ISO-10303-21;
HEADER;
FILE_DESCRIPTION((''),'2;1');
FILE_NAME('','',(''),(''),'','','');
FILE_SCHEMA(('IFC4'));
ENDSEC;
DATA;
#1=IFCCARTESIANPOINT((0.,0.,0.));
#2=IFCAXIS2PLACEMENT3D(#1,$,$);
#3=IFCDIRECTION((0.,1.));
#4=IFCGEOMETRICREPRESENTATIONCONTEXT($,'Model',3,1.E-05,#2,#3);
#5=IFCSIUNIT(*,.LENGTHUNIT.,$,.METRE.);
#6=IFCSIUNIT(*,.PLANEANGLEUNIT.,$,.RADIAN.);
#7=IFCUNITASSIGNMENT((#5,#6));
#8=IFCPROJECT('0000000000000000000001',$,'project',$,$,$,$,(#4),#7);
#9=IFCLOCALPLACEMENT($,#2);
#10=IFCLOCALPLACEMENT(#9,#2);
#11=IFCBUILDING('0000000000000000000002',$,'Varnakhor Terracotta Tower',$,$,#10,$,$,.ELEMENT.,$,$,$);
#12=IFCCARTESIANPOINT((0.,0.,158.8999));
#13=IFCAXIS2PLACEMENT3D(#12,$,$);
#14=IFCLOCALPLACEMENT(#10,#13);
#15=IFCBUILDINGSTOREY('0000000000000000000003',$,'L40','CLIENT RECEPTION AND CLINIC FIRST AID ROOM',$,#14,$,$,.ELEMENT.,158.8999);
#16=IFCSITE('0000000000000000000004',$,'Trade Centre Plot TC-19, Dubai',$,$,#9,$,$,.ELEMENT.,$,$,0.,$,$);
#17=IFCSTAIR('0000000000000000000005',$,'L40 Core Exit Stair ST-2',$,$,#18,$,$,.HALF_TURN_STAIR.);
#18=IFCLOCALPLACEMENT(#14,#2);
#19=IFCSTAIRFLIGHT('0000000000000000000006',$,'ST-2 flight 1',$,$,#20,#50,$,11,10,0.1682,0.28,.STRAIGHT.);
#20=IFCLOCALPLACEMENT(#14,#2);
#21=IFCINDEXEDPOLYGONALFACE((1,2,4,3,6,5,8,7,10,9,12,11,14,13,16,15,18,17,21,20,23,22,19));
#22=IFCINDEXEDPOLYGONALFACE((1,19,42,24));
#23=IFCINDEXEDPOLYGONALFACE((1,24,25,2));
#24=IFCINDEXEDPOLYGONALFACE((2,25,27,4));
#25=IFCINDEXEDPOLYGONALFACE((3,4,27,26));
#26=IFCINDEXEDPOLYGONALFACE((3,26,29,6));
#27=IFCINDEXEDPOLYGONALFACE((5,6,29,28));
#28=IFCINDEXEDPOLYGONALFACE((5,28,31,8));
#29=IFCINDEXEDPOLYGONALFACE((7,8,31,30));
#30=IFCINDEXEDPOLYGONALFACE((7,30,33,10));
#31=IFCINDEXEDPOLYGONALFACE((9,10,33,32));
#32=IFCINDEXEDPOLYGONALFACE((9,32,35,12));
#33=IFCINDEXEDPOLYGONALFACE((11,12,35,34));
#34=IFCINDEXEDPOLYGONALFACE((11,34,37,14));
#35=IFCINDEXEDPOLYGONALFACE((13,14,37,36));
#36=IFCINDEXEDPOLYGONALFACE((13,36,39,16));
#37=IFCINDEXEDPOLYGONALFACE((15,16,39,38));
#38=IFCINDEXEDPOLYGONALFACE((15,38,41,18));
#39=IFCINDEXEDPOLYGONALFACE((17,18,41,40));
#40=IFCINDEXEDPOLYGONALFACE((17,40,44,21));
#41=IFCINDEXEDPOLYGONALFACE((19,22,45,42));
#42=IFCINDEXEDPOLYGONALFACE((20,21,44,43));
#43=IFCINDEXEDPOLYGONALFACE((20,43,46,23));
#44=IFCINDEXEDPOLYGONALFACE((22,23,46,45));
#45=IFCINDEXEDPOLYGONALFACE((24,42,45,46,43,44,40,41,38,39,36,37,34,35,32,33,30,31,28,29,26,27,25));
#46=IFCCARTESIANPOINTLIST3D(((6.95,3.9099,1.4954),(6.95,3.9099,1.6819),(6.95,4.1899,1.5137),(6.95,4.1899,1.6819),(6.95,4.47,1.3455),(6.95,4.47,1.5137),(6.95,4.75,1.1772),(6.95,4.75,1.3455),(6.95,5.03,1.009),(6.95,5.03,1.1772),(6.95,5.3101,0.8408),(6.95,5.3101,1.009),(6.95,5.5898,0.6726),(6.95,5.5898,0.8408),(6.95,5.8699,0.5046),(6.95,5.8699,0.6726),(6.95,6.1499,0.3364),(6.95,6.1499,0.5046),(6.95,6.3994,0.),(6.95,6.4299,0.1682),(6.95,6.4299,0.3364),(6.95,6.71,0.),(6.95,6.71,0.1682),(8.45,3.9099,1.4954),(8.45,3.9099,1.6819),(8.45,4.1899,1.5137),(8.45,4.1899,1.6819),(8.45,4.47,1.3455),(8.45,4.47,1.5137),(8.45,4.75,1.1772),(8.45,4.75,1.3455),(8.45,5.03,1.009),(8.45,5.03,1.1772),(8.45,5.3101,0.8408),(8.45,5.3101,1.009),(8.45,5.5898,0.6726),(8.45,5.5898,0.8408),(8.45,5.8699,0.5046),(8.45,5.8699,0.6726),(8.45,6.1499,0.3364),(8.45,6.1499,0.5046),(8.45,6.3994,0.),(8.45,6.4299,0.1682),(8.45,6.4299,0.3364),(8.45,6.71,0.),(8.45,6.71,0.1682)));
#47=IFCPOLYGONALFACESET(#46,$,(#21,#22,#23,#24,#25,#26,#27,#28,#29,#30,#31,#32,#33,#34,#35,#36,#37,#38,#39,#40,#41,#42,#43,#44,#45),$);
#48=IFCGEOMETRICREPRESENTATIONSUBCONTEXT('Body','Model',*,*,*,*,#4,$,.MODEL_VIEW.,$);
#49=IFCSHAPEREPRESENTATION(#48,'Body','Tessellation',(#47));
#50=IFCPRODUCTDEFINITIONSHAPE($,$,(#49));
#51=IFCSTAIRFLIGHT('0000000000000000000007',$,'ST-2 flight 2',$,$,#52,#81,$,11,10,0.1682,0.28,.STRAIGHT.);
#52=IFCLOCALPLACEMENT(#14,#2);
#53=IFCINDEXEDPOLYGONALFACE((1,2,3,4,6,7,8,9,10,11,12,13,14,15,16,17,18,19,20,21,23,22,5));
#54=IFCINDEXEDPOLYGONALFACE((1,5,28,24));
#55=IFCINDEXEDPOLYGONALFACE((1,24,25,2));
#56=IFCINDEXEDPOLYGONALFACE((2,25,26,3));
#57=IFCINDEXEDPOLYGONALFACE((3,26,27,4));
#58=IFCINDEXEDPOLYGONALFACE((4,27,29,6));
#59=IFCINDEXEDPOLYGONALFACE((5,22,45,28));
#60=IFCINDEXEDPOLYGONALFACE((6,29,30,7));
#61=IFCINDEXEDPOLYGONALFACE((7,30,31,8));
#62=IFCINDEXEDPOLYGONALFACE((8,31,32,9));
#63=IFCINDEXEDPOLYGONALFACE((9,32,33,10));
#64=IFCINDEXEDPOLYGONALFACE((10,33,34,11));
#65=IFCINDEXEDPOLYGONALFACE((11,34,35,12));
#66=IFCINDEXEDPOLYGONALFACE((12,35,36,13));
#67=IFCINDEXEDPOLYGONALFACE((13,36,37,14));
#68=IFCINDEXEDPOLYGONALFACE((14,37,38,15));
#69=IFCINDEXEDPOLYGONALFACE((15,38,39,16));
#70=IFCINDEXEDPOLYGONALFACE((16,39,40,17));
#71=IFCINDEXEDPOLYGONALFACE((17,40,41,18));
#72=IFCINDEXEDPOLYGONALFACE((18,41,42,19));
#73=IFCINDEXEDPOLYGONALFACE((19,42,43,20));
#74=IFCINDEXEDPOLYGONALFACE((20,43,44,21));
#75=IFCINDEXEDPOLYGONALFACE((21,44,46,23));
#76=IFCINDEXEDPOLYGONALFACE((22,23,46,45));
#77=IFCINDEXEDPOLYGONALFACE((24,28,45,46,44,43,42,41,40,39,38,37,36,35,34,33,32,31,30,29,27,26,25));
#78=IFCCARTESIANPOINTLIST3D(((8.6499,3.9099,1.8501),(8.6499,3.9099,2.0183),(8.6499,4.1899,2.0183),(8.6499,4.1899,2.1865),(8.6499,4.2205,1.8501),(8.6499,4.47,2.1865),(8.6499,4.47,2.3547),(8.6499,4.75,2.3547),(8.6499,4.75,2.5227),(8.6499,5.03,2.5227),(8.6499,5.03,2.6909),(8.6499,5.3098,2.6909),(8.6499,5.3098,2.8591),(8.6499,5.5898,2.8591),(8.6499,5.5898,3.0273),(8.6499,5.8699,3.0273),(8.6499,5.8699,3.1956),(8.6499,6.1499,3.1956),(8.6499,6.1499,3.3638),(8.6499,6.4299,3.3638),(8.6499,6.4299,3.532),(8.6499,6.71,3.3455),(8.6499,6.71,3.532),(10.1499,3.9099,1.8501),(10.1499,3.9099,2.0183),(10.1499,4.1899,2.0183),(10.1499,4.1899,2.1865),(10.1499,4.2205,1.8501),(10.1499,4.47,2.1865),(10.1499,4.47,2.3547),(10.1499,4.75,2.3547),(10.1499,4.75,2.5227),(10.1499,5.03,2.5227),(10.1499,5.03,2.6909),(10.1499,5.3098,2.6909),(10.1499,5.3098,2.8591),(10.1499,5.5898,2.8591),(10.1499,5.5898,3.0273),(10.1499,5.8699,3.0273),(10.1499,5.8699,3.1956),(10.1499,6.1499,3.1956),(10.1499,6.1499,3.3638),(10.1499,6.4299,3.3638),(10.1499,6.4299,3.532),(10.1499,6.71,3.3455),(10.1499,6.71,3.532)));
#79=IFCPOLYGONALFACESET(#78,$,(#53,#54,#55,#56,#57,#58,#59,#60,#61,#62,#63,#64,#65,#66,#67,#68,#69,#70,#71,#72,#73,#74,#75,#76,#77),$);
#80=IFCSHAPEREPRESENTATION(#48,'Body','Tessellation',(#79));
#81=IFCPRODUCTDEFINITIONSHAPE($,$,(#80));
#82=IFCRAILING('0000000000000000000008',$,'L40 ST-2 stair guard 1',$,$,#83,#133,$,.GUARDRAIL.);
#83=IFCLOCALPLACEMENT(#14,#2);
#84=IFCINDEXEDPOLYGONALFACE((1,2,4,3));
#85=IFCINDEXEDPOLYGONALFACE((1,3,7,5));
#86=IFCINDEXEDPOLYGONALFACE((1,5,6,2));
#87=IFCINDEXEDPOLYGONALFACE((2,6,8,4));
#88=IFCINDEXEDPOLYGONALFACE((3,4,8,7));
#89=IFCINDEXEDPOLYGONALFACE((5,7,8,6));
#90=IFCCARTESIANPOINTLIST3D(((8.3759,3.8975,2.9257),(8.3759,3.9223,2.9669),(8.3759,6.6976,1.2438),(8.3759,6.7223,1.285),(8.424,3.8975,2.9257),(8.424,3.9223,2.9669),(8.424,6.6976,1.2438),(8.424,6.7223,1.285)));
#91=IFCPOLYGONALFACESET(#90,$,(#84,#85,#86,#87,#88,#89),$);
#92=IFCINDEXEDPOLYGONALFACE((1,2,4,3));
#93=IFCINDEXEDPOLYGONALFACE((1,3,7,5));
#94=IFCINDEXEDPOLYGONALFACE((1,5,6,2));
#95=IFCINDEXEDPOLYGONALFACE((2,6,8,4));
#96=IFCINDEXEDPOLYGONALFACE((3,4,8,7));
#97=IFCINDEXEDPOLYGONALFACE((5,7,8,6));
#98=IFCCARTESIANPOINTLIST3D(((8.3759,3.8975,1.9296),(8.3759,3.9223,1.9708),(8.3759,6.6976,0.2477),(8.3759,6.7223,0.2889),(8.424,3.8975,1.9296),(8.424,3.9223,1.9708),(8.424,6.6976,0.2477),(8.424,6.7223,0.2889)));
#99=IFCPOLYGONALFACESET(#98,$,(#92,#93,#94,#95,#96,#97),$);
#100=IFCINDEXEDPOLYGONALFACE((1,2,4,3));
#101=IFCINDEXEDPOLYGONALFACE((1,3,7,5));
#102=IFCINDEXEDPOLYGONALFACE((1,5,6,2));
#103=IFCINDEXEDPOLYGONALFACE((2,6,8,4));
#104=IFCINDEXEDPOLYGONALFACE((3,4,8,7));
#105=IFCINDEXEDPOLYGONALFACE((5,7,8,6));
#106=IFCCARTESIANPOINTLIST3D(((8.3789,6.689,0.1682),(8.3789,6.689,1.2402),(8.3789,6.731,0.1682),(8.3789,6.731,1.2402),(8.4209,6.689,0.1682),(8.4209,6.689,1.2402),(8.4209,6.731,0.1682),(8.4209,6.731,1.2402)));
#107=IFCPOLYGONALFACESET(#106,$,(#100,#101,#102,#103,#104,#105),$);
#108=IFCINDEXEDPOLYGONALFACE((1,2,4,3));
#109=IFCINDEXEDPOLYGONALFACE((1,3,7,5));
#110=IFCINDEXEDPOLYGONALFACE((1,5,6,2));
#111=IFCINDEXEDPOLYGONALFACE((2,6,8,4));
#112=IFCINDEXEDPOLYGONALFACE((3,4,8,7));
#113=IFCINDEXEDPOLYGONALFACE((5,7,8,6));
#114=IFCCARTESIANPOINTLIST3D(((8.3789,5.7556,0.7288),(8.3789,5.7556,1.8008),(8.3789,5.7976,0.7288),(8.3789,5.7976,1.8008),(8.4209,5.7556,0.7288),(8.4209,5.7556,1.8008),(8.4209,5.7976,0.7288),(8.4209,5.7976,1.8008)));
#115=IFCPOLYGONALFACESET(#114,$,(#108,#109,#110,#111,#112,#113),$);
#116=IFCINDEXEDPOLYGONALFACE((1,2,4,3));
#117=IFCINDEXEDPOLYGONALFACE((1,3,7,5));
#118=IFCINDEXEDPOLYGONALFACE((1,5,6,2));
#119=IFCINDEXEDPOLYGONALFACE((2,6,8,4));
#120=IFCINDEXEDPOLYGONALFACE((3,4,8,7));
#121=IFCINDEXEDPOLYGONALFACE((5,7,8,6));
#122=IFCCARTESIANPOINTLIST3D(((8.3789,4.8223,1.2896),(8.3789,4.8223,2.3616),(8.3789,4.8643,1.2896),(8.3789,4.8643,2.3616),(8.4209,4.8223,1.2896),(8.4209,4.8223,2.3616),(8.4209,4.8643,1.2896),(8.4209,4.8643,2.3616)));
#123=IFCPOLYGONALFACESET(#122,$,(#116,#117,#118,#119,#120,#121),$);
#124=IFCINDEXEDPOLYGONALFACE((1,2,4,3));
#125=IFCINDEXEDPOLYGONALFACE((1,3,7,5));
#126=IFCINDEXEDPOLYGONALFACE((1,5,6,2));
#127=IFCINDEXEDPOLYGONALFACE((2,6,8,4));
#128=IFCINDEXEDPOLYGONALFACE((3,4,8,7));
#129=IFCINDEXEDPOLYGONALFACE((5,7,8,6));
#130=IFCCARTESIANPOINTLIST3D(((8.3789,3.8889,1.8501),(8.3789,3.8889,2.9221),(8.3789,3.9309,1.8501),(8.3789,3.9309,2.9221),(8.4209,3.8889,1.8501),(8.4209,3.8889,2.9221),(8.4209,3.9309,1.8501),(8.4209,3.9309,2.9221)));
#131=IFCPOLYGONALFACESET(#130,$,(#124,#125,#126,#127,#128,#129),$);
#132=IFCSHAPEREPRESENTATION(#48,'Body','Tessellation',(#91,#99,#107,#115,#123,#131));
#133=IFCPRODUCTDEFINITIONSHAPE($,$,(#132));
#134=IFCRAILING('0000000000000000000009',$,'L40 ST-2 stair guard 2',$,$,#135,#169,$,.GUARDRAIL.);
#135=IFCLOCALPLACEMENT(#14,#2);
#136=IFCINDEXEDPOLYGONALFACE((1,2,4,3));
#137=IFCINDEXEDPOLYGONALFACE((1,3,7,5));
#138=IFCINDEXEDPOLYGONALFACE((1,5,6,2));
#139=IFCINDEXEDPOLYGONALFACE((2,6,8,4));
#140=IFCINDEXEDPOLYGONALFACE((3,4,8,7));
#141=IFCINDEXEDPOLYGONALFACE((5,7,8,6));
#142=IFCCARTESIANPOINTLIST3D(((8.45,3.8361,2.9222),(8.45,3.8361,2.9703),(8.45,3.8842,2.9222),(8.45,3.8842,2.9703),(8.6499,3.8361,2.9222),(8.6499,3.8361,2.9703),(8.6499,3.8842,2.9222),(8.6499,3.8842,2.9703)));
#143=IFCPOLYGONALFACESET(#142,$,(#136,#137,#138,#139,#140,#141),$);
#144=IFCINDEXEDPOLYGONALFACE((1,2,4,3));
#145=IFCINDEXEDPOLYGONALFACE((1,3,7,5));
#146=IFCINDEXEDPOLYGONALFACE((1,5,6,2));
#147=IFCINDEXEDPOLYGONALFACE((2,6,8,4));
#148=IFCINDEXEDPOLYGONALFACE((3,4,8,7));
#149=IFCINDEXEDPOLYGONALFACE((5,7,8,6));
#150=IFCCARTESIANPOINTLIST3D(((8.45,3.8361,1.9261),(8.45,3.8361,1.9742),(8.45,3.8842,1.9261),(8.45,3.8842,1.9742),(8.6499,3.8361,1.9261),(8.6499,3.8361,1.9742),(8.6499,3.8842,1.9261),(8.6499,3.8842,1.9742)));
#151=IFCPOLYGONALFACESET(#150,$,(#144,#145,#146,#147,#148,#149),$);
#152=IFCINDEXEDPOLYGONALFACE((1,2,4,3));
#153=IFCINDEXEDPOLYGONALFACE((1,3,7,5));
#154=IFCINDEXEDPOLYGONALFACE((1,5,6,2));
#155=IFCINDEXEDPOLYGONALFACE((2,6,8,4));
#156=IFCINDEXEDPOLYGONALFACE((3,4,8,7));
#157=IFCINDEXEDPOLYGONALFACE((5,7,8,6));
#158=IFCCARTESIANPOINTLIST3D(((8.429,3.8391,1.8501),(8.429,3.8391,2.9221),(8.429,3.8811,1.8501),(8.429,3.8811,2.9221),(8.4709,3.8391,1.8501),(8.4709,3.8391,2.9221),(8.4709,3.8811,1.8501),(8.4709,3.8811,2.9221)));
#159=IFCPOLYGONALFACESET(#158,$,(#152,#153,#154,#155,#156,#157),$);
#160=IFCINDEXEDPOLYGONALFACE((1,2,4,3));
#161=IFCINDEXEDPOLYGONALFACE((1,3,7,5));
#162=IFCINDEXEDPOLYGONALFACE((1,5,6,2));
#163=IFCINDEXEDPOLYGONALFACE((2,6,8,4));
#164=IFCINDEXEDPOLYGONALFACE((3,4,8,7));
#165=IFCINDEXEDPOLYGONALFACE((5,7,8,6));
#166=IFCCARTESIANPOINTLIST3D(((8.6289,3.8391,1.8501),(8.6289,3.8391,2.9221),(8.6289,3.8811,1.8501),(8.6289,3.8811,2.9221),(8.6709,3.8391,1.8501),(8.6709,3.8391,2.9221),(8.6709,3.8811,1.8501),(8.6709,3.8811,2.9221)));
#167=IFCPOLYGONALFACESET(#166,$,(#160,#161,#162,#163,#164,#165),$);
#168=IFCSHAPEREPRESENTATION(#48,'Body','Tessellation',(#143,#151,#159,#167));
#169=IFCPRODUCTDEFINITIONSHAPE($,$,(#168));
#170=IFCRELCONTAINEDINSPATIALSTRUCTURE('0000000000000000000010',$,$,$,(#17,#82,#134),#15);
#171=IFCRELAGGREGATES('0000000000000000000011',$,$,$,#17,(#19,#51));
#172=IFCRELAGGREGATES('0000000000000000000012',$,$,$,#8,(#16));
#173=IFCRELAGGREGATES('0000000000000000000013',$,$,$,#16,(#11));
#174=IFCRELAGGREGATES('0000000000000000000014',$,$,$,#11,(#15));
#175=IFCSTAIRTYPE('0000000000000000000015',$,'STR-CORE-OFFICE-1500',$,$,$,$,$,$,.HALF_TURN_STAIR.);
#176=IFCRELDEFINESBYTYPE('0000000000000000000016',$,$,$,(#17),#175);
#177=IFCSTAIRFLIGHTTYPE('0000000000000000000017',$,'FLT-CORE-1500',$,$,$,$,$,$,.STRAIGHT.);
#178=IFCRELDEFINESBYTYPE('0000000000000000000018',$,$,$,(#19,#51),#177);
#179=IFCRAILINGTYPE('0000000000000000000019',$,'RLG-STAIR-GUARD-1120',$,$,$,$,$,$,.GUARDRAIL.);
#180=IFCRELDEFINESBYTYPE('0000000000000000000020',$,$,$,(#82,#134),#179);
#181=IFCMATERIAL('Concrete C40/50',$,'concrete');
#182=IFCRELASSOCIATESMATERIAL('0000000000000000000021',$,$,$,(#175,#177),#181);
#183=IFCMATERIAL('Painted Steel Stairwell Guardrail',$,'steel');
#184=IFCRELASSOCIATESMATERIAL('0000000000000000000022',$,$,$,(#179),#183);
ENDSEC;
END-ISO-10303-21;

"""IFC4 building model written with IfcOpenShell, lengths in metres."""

from ifc_helpers import new_model, si_unit, direction, frame, origin, origin_2d, place, context, subcontext, project, spatial, polyline, rectangle, outline, extrude, material, type_object, element, aggregate, save


model = new_model("IFC4")

# Units and contexts
model_context = context("Model", 3, precision=1e-05, world=origin(), true_north=direction((0.0, 1.0)))
body_context = subcontext(model_context, "Body", "Model", "MODEL_VIEW")
ifc_project = project(units=[si_unit("LENGTHUNIT", "METRE"), si_unit("PLANEANGLEUNIT", "RADIAN")], contexts=[model_context])

# Site, building, storey
site_placement = place(None, origin())
site = spatial("IfcSite", under=ifc_project, at=site_placement, Name="Trade Centre Plot TC-19, Dubai", CompositionType="ELEMENT", RefElevation=0.0)
building_placement = place(site_placement, origin())
building = spatial("IfcBuilding", under=site, at=building_placement, Name="Varnakhor Terracotta Tower", CompositionType="ELEMENT")
storey_placement = place(building_placement, frame((0.0, 0.0, 158.8999)))
storey = spatial("IfcBuildingStorey", under=building, at=storey_placement, Name="L40", Description="CLIENT RECEPTION AND CLINIC FIRST AID ROOM", CompositionType="ELEMENT", Elevation=158.8999)

# Stair
ifc_material_1 = material(Name="Concrete C40/50", Category="concrete")
stair_type = type_object("IfcStairType", Name="STR-CORE-OFFICE-1500", PredefinedType="HALF_TURN_STAIR", material=ifc_material_1)
stair_1_placement = place(storey_placement, origin())
stair_1 = element("IfcStair", 1, at=stair_1_placement, inside=storey, type_object=stair_type, Name="L40 Core Exit Stair ST-2", PredefinedType="HALF_TURN_STAIR")

# Stair flights
stair_flight_type = type_object("IfcStairFlightType", Name="FLT-CORE-1500", PredefinedType="STRAIGHT", material=ifc_material_1)
stair_flight_1_placement = place(storey_placement, frame((7.7, 6.71, 0.0), z_axis=(0.0, 0.0, 1.0), x_axis=(0.0, -1.0, 0.0)))
stair_flight_1 = element("IfcStairFlight", 2, at=stair_flight_1_placement, type_object=stair_flight_type, Name="ST-2 flight 1", NumberOfRisers=11, NumberOfTreads=10, PredefinedType="STRAIGHT", RiserHeight=0.1682, TreadLength=0.28, context=body_context, shape_type="SweptSolid", body=[
    extrude(outline(polyline([(0.0, 0.0), (0.0, 0.1682), (0.28, 0.1682), (0.28, 0.3364), (0.5601, 0.3364), (0.5601, 0.5046), (0.8401, 0.5046), (0.8401, 0.6726), (1.1201, 0.6726), (1.1201, 0.8408), (1.3999, 0.8408), (1.3999, 1.009), (1.6799, 1.009), (1.6799, 1.1772), (1.96, 1.1772), (1.96, 1.3455), (2.24, 1.3455), (2.24, 1.5137), (2.52, 1.5137), (2.52, 1.6819), (2.8, 1.6819), (2.8, 1.8501), (2.8, 1.4954), (0.3105, 0.0), (0.0, 0.0)])), frame((0.0, 0.75, 0.0), z_axis=(0.0, -1.0, 0.0), x_axis=(1.0, 0.0, 0.0)), (0.0, 0.0, 1.0), 1.5),
])
stair_flight_2_placement = place(storey_placement, frame((9.3999, 3.9099, 1.8501), z_axis=(0.0, 0.0, 1.0), x_axis=(0.0, 1.0, 0.0)))
stair_flight_2 = element("IfcStairFlight", 3, at=stair_flight_2_placement, type_object=stair_flight_type, Name="ST-2 flight 2", NumberOfRisers=11, NumberOfTreads=10, PredefinedType="STRAIGHT", RiserHeight=0.1682, TreadLength=0.28, context=body_context, shape_type="SweptSolid", body=[
    extrude(outline(polyline([(0.0, 0.0), (0.0, 0.1682), (0.28, 0.1682), (0.28, 0.3364), (0.5601, 0.3364), (0.5601, 0.5046), (0.8401, 0.5046), (0.8401, 0.6726), (1.1201, 0.6726), (1.1201, 0.8408), (1.3999, 0.8408), (1.3999, 1.009), (1.6799, 1.009), (1.6799, 1.1772), (1.96, 1.1772), (1.96, 1.3455), (2.24, 1.3455), (2.24, 1.5137), (2.52, 1.5137), (2.52, 1.6819), (2.8, 1.6819), (2.8, 1.8501), (2.8, 1.4954), (0.3105, 0.0), (0.0, 0.0)])), frame((0.0, 0.75, 0.0), z_axis=(0.0, -1.0, 0.0), x_axis=(1.0, 0.0, 0.0)), (0.0, 0.0, 1.0), 1.5),
])
aggregate(stair_1, [stair_flight_1, stair_flight_2])

# Railings
ifc_material_2 = material(Name="Painted Steel Stairwell Guardrail", Category="steel")
railing_type_1 = type_object("IfcRailingType", Name="RLG-STAIR-GUARD-1120", PredefinedType="GUARDRAIL", material=ifc_material_2)
railing_1_placement = place(storey_placement, frame((8.3999, 6.71, 0.1682)))
element("IfcRailing", 4, at=railing_1_placement, inside=storey, type_object=railing_type_1, Name="L40 ST-2 stair guard 1", PredefinedType="GUARDRAIL", context=body_context, shape_type="SweptSolid", body=[
    extrude(rectangle(XDim=0.0481, YDim=0.0481, at=origin_2d()), frame((0.0, 0.0, 1.0962), z_axis=(0.0, -0.857242, 0.514913), x_axis=(1.0, 0.0, 0.0)), (0.0, 0.0, 1.0), 3.2664),
    extrude(rectangle(XDim=0.0481, YDim=0.0481, at=origin_2d()), frame((0.0, 0.0, 0.1001), z_axis=(0.0, -0.857242, 0.514913), x_axis=(1.0, 0.0, 0.0)), (0.0, 0.0, 1.0), 3.2664),
    extrude(rectangle(XDim=0.042, YDim=0.042, at=origin_2d()), origin(), (0.0, 0.0, 1.0), 1.072),
    extrude(rectangle(XDim=0.042, YDim=0.042, at=origin_2d()), frame((0.0, -0.9333, 0.5605)), (0.0, 0.0, 1.0), 1.072),
    extrude(rectangle(XDim=0.042, YDim=0.042, at=origin_2d()), frame((0.0, -1.8667, 1.1213)), (0.0, 0.0, 1.0), 1.072),
    extrude(rectangle(XDim=0.042, YDim=0.042, at=origin_2d()), frame((0.0, -2.8, 1.6819)), (0.0, 0.0, 1.0), 1.072),
])
railing_2_placement = place(storey_placement, frame((8.45, 3.8601, 1.8501)))
element("IfcRailing", 5, at=railing_2_placement, inside=storey, type_object=railing_type_1, Name="L40 ST-2 stair guard 2", PredefinedType="GUARDRAIL", context=body_context, shape_type="SweptSolid", body=[
    extrude(rectangle(XDim=0.0481, YDim=0.0481, at=origin_2d()), frame((0.0, 0.0, 1.0962), z_axis=(1.0, 0.0, 0.0), x_axis=(0.0, 1.0, 0.0)), (0.0, 0.0, 1.0), 0.2),
    extrude(rectangle(XDim=0.0481, YDim=0.0481, at=origin_2d()), frame((0.0, 0.0, 0.1001), z_axis=(1.0, 0.0, 0.0), x_axis=(0.0, 1.0, 0.0)), (0.0, 0.0, 1.0), 0.2),
    extrude(rectangle(XDim=0.042, YDim=0.042, at=origin_2d()), origin(), (0.0, 0.0, 1.0), 1.072),
    extrude(rectangle(XDim=0.042, YDim=0.042, at=origin_2d()), frame((0.2, 0.0, 0.0)), (0.0, 0.0, 1.0), 1.072),
])

save(model, "model.ifc")
